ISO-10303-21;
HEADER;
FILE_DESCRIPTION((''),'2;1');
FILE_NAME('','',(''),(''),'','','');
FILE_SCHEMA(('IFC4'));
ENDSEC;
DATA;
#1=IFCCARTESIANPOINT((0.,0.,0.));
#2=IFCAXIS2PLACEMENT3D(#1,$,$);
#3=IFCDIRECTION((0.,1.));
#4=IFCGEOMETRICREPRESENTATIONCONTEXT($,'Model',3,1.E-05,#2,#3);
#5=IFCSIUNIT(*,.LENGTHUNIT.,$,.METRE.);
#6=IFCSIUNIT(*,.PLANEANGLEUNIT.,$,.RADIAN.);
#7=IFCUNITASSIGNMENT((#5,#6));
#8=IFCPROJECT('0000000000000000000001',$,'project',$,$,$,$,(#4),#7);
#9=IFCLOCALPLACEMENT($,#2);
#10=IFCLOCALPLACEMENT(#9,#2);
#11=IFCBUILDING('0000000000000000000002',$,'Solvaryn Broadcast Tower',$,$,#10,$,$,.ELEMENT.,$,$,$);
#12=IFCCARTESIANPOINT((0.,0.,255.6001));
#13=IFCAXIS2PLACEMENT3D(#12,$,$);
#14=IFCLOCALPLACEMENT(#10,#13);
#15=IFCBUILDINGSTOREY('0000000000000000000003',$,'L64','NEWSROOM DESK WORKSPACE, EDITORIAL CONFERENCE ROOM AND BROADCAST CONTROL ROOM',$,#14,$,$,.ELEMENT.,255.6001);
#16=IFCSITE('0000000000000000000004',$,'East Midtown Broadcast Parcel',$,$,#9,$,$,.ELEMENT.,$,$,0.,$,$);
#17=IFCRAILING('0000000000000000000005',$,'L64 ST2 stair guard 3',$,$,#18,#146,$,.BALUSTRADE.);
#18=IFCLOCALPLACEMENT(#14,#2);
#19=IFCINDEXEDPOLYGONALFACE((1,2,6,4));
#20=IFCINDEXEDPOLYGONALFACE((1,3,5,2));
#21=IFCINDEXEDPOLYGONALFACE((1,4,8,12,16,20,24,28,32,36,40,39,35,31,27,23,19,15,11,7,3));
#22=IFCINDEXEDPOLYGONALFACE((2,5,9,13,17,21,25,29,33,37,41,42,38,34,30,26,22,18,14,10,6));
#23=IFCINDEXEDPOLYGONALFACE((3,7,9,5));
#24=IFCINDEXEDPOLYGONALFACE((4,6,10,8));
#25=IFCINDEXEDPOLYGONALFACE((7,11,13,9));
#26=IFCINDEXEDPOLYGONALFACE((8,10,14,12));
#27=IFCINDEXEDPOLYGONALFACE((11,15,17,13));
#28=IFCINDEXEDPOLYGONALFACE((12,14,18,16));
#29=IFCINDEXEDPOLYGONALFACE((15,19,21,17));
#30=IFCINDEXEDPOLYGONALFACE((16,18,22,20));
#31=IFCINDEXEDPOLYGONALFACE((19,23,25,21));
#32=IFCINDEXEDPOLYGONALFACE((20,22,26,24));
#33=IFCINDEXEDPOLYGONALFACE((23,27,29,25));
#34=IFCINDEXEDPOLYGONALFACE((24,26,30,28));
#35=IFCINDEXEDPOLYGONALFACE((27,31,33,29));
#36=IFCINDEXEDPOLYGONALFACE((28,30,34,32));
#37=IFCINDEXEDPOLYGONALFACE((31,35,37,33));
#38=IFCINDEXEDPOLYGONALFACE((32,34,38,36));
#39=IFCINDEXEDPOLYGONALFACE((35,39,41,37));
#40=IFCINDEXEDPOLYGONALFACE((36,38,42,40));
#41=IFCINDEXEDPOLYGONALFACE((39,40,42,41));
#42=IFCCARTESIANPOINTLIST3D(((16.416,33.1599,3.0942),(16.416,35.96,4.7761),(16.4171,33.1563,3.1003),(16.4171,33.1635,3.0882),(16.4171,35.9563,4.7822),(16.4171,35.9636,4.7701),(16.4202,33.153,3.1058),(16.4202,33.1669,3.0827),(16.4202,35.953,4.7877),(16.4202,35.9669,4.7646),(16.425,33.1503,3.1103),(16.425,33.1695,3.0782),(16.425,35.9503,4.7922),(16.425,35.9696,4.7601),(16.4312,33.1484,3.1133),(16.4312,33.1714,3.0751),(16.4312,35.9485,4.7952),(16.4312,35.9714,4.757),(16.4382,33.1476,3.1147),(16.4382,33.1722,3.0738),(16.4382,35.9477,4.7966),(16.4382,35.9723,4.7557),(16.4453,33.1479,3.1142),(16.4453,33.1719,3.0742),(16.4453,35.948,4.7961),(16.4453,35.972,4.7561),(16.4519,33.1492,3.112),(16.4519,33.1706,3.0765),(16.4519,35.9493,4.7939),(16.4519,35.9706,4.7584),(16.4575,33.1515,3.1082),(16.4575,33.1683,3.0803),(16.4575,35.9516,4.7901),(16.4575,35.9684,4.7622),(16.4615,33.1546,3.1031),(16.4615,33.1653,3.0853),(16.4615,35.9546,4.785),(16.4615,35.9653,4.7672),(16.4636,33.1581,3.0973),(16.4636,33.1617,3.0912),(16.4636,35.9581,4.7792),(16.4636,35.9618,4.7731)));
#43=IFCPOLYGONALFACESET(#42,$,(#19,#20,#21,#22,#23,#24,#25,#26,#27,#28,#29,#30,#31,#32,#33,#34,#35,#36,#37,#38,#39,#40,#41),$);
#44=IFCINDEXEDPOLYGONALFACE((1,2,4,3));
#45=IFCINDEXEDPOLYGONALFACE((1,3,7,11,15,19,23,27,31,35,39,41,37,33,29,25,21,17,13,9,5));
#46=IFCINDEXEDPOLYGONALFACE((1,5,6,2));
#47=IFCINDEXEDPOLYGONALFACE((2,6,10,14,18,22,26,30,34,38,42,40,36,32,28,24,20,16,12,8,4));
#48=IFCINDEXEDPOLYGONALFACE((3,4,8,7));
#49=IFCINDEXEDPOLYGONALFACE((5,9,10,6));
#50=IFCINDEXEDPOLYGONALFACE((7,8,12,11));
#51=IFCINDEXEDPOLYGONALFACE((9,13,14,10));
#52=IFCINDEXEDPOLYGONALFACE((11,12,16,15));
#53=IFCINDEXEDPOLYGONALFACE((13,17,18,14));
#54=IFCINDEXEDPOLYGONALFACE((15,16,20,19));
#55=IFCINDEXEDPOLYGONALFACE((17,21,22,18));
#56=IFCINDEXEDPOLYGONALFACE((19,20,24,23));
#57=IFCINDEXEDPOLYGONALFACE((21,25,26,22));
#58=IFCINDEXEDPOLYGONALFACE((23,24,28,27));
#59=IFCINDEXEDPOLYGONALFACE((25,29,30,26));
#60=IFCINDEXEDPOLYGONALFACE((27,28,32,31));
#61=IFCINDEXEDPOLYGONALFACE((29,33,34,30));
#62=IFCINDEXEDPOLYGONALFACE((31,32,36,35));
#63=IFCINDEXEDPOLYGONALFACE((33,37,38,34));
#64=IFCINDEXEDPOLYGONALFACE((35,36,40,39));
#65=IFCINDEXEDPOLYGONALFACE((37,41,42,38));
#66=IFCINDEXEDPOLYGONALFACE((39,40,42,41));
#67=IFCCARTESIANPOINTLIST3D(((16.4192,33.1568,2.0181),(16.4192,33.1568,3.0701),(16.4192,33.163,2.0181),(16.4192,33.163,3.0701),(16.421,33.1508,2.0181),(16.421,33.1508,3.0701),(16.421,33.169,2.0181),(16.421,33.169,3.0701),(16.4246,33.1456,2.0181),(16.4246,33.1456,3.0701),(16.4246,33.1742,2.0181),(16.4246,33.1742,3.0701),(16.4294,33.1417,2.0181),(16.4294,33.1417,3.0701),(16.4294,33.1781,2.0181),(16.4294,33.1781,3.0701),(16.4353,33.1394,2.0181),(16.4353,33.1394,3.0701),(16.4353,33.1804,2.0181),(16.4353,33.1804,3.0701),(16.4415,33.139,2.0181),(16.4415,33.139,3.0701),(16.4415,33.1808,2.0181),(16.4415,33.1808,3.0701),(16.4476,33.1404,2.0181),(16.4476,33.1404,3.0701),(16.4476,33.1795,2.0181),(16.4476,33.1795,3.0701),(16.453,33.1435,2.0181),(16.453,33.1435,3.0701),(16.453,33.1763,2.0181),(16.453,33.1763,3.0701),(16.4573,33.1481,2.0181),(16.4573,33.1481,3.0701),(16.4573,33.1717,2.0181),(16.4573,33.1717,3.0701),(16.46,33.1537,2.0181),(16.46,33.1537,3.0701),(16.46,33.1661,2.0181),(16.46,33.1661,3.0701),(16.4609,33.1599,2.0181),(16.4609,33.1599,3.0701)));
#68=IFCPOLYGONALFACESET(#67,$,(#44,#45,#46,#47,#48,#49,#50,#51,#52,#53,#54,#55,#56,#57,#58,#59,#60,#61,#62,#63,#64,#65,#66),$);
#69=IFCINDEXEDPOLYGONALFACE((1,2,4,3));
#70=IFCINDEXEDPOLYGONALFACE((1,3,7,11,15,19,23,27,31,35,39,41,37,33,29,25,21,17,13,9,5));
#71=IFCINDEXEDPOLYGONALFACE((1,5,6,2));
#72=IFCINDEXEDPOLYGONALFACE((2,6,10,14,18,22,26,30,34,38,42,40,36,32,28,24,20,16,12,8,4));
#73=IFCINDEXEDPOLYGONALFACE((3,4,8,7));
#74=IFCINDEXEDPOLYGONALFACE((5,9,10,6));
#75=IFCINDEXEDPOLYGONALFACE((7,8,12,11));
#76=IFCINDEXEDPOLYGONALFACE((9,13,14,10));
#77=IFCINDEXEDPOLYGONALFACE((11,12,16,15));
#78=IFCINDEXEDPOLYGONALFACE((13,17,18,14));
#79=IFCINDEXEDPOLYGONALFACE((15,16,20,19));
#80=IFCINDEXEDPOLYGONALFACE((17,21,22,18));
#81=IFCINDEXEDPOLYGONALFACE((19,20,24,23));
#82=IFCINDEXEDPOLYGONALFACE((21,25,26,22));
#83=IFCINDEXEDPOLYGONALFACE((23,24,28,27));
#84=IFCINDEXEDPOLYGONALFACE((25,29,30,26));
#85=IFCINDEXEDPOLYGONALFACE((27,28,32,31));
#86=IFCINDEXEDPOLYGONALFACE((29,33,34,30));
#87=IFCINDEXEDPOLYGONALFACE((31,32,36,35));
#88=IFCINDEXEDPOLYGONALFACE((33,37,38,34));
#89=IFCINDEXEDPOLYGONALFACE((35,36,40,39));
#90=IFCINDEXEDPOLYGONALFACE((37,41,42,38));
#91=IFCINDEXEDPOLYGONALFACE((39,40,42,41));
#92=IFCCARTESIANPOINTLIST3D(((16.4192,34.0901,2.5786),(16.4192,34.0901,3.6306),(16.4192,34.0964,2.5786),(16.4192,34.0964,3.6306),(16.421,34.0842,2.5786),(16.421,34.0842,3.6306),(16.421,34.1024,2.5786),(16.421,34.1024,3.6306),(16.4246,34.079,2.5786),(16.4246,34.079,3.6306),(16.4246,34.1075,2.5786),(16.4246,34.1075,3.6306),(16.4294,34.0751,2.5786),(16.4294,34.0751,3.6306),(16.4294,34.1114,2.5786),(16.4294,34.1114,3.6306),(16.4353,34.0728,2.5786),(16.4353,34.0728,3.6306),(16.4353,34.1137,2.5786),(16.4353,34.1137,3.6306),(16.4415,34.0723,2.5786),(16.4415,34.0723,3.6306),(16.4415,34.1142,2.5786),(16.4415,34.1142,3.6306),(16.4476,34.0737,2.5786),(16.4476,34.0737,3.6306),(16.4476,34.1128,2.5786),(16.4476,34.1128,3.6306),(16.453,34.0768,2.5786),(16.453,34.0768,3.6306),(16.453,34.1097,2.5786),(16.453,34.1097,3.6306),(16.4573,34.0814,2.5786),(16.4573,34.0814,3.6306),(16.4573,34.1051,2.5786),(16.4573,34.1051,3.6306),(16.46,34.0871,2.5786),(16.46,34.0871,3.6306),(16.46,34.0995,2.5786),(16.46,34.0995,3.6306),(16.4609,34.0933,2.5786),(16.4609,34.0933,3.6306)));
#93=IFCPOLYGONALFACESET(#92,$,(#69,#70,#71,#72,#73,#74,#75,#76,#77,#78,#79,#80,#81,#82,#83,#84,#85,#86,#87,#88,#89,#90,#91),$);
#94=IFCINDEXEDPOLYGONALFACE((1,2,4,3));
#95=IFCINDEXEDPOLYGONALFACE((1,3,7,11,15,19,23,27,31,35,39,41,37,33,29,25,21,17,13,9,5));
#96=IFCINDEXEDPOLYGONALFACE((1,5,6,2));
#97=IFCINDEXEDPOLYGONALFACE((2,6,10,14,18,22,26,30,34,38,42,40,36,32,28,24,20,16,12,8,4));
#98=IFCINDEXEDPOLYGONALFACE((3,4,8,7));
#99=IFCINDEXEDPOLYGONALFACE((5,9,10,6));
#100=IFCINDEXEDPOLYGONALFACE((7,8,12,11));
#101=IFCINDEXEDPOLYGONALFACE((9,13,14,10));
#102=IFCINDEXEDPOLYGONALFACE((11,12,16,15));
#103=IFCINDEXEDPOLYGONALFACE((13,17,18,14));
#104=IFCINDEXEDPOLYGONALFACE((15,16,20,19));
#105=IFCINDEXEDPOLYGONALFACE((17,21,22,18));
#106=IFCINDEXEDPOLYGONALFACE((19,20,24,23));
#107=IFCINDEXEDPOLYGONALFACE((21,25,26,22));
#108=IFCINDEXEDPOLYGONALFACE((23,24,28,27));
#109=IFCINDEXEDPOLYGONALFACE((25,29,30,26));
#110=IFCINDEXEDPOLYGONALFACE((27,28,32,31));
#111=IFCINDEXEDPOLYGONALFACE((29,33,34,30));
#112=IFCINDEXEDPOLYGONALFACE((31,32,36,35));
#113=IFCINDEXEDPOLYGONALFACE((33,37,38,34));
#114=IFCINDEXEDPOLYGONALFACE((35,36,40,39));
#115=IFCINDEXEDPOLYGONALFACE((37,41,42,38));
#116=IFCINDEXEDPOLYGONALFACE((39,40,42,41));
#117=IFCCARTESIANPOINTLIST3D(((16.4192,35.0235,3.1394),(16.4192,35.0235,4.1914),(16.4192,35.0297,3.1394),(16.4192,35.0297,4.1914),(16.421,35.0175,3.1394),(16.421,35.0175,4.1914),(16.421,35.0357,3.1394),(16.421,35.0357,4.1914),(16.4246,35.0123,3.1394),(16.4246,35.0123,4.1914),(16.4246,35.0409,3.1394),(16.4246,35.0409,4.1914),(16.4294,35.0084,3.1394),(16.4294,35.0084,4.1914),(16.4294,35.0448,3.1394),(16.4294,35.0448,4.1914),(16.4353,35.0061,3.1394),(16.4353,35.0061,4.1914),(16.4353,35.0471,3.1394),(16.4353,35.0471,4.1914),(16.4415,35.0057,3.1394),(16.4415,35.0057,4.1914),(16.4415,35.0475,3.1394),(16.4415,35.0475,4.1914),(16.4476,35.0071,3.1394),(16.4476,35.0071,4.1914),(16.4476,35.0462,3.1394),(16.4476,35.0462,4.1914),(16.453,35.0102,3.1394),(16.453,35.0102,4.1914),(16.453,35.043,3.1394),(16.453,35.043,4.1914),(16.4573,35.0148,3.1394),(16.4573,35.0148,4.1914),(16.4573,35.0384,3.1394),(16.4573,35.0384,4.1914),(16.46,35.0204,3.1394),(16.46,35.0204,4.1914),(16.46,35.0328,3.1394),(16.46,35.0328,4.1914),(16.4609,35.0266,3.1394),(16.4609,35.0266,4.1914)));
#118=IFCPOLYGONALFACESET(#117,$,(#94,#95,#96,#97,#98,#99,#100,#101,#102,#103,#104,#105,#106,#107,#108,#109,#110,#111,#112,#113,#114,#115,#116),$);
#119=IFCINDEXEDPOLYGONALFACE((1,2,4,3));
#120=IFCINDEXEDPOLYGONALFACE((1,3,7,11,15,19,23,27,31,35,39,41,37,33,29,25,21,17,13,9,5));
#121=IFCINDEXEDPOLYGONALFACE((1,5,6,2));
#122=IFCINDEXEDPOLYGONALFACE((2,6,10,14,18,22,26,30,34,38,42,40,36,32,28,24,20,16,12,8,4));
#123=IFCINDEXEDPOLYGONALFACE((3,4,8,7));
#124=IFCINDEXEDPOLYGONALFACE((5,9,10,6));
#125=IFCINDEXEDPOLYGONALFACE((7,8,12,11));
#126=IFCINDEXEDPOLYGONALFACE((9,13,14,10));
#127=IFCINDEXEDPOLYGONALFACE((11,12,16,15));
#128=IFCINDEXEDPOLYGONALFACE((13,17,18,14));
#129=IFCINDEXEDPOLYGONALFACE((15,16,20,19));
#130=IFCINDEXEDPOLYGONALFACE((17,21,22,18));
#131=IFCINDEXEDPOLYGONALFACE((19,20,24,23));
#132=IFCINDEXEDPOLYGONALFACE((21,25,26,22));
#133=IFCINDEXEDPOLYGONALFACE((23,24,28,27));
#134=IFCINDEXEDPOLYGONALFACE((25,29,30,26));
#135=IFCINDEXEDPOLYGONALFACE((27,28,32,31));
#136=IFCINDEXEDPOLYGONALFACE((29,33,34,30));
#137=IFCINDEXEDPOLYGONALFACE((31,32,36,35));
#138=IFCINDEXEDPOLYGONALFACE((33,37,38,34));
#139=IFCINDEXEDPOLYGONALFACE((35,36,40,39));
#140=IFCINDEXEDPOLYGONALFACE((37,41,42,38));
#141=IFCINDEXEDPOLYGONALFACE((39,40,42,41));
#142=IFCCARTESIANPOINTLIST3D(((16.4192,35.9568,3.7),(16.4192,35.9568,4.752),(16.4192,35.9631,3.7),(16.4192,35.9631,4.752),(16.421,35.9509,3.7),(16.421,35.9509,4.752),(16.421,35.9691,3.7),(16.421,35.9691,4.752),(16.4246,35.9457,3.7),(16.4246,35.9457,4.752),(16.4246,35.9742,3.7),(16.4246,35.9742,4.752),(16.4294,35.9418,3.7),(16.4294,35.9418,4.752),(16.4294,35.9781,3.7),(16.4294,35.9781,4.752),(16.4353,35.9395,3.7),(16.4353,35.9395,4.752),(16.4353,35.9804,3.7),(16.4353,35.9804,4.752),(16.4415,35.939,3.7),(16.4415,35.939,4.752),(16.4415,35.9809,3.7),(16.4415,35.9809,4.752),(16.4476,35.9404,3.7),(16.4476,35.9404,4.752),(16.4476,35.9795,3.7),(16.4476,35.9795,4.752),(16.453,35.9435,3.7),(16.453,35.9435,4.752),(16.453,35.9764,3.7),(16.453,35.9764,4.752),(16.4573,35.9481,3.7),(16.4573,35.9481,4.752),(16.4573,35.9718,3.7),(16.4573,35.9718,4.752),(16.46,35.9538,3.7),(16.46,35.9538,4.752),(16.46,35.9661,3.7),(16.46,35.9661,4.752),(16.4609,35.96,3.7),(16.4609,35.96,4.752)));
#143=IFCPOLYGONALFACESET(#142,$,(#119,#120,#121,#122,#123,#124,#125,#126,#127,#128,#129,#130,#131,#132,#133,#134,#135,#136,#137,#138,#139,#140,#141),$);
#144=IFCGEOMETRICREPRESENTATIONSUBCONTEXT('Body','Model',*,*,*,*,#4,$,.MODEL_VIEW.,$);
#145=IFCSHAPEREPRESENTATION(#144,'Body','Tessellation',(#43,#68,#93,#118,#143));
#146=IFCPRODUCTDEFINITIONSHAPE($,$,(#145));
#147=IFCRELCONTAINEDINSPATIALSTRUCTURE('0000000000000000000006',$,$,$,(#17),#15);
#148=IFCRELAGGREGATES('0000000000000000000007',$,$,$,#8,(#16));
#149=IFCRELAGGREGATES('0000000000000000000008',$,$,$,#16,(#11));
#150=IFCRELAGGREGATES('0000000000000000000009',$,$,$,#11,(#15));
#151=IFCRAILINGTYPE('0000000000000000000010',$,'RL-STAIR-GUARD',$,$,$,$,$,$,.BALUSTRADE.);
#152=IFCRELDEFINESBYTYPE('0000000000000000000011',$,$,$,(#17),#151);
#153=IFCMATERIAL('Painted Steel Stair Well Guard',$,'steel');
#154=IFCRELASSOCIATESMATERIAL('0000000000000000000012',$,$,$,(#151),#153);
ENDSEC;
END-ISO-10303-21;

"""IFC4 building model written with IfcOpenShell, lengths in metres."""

from ifc_helpers import new_model, si_unit, direction, frame, origin, origin_2d, place, context, subcontext, project, spatial, circle, extrude, material, type_object, element, save


model = new_model("IFC4")

# Units and contexts
model_context = context("Model", 3, precision=1e-05, world=origin(), true_north=direction((0.0, 1.0)))
body_context = subcontext(model_context, "Body", "Model", "MODEL_VIEW")
ifc_project = project(units=[si_unit("LENGTHUNIT", "METRE"), si_unit("PLANEANGLEUNIT", "RADIAN")], contexts=[model_context])

# Site, building, storey
site_placement = place(None, origin())
site = spatial("IfcSite", under=ifc_project, at=site_placement, Name="East Midtown Broadcast Parcel", CompositionType="ELEMENT", RefElevation=0.0)
building_placement = place(site_placement, origin())
building = spatial("IfcBuilding", under=site, at=building_placement, Name="Solvaryn Broadcast Tower", CompositionType="ELEMENT")
storey_placement = place(building_placement, frame((0.0, 0.0, 255.6001)))
storey = spatial("IfcBuildingStorey", under=building, at=storey_placement, Name="L64", Description="NEWSROOM DESK WORKSPACE, EDITORIAL CONFERENCE ROOM AND BROADCAST CONTROL ROOM", CompositionType="ELEMENT", Elevation=255.6001)

# Railing
ifc_material_1 = material(Name="Painted Steel Stair Well Guard", Category="steel")
railing_type_1 = type_object("IfcRailingType", Name="RL-STAIR-GUARD", PredefinedType="BALUSTRADE", material=ifc_material_1)
railing_1_placement = place(storey_placement, frame((16.4399, 33.1599, 2.0181)))
element("IfcRailing", 1, at=railing_1_placement, inside=storey, type_object=railing_type_1, Name="L64 ST2 stair guard 3", PredefinedType="BALUSTRADE", context=body_context, shape_type="SweptSolid", body=[
    extrude(circle(Radius=0.0239, at=origin_2d()), frame((0.0, 0.0, 1.0762), z_axis=(0.0, 0.857242, 0.514913), x_axis=(-1.0, 0.0, 0.0)), (0.0, 0.0, 1.0), 3.2664),
    extrude(circle(Radius=0.021, at=origin_2d()), origin(), (0.0, 0.0, 1.0), 1.052),
    extrude(circle(Radius=0.021, at=origin_2d()), frame((0.0, 0.9333, 0.5605)), (0.0, 0.0, 1.0), 1.052),
    extrude(circle(Radius=0.021, at=origin_2d()), frame((0.0, 1.8667, 1.1213)), (0.0, 0.0, 1.0), 1.052),
    extrude(circle(Radius=0.021, at=origin_2d()), frame((0.0, 2.8, 1.6819)), (0.0, 0.0, 1.0), 1.052),
])

save(model, "model.ifc")
